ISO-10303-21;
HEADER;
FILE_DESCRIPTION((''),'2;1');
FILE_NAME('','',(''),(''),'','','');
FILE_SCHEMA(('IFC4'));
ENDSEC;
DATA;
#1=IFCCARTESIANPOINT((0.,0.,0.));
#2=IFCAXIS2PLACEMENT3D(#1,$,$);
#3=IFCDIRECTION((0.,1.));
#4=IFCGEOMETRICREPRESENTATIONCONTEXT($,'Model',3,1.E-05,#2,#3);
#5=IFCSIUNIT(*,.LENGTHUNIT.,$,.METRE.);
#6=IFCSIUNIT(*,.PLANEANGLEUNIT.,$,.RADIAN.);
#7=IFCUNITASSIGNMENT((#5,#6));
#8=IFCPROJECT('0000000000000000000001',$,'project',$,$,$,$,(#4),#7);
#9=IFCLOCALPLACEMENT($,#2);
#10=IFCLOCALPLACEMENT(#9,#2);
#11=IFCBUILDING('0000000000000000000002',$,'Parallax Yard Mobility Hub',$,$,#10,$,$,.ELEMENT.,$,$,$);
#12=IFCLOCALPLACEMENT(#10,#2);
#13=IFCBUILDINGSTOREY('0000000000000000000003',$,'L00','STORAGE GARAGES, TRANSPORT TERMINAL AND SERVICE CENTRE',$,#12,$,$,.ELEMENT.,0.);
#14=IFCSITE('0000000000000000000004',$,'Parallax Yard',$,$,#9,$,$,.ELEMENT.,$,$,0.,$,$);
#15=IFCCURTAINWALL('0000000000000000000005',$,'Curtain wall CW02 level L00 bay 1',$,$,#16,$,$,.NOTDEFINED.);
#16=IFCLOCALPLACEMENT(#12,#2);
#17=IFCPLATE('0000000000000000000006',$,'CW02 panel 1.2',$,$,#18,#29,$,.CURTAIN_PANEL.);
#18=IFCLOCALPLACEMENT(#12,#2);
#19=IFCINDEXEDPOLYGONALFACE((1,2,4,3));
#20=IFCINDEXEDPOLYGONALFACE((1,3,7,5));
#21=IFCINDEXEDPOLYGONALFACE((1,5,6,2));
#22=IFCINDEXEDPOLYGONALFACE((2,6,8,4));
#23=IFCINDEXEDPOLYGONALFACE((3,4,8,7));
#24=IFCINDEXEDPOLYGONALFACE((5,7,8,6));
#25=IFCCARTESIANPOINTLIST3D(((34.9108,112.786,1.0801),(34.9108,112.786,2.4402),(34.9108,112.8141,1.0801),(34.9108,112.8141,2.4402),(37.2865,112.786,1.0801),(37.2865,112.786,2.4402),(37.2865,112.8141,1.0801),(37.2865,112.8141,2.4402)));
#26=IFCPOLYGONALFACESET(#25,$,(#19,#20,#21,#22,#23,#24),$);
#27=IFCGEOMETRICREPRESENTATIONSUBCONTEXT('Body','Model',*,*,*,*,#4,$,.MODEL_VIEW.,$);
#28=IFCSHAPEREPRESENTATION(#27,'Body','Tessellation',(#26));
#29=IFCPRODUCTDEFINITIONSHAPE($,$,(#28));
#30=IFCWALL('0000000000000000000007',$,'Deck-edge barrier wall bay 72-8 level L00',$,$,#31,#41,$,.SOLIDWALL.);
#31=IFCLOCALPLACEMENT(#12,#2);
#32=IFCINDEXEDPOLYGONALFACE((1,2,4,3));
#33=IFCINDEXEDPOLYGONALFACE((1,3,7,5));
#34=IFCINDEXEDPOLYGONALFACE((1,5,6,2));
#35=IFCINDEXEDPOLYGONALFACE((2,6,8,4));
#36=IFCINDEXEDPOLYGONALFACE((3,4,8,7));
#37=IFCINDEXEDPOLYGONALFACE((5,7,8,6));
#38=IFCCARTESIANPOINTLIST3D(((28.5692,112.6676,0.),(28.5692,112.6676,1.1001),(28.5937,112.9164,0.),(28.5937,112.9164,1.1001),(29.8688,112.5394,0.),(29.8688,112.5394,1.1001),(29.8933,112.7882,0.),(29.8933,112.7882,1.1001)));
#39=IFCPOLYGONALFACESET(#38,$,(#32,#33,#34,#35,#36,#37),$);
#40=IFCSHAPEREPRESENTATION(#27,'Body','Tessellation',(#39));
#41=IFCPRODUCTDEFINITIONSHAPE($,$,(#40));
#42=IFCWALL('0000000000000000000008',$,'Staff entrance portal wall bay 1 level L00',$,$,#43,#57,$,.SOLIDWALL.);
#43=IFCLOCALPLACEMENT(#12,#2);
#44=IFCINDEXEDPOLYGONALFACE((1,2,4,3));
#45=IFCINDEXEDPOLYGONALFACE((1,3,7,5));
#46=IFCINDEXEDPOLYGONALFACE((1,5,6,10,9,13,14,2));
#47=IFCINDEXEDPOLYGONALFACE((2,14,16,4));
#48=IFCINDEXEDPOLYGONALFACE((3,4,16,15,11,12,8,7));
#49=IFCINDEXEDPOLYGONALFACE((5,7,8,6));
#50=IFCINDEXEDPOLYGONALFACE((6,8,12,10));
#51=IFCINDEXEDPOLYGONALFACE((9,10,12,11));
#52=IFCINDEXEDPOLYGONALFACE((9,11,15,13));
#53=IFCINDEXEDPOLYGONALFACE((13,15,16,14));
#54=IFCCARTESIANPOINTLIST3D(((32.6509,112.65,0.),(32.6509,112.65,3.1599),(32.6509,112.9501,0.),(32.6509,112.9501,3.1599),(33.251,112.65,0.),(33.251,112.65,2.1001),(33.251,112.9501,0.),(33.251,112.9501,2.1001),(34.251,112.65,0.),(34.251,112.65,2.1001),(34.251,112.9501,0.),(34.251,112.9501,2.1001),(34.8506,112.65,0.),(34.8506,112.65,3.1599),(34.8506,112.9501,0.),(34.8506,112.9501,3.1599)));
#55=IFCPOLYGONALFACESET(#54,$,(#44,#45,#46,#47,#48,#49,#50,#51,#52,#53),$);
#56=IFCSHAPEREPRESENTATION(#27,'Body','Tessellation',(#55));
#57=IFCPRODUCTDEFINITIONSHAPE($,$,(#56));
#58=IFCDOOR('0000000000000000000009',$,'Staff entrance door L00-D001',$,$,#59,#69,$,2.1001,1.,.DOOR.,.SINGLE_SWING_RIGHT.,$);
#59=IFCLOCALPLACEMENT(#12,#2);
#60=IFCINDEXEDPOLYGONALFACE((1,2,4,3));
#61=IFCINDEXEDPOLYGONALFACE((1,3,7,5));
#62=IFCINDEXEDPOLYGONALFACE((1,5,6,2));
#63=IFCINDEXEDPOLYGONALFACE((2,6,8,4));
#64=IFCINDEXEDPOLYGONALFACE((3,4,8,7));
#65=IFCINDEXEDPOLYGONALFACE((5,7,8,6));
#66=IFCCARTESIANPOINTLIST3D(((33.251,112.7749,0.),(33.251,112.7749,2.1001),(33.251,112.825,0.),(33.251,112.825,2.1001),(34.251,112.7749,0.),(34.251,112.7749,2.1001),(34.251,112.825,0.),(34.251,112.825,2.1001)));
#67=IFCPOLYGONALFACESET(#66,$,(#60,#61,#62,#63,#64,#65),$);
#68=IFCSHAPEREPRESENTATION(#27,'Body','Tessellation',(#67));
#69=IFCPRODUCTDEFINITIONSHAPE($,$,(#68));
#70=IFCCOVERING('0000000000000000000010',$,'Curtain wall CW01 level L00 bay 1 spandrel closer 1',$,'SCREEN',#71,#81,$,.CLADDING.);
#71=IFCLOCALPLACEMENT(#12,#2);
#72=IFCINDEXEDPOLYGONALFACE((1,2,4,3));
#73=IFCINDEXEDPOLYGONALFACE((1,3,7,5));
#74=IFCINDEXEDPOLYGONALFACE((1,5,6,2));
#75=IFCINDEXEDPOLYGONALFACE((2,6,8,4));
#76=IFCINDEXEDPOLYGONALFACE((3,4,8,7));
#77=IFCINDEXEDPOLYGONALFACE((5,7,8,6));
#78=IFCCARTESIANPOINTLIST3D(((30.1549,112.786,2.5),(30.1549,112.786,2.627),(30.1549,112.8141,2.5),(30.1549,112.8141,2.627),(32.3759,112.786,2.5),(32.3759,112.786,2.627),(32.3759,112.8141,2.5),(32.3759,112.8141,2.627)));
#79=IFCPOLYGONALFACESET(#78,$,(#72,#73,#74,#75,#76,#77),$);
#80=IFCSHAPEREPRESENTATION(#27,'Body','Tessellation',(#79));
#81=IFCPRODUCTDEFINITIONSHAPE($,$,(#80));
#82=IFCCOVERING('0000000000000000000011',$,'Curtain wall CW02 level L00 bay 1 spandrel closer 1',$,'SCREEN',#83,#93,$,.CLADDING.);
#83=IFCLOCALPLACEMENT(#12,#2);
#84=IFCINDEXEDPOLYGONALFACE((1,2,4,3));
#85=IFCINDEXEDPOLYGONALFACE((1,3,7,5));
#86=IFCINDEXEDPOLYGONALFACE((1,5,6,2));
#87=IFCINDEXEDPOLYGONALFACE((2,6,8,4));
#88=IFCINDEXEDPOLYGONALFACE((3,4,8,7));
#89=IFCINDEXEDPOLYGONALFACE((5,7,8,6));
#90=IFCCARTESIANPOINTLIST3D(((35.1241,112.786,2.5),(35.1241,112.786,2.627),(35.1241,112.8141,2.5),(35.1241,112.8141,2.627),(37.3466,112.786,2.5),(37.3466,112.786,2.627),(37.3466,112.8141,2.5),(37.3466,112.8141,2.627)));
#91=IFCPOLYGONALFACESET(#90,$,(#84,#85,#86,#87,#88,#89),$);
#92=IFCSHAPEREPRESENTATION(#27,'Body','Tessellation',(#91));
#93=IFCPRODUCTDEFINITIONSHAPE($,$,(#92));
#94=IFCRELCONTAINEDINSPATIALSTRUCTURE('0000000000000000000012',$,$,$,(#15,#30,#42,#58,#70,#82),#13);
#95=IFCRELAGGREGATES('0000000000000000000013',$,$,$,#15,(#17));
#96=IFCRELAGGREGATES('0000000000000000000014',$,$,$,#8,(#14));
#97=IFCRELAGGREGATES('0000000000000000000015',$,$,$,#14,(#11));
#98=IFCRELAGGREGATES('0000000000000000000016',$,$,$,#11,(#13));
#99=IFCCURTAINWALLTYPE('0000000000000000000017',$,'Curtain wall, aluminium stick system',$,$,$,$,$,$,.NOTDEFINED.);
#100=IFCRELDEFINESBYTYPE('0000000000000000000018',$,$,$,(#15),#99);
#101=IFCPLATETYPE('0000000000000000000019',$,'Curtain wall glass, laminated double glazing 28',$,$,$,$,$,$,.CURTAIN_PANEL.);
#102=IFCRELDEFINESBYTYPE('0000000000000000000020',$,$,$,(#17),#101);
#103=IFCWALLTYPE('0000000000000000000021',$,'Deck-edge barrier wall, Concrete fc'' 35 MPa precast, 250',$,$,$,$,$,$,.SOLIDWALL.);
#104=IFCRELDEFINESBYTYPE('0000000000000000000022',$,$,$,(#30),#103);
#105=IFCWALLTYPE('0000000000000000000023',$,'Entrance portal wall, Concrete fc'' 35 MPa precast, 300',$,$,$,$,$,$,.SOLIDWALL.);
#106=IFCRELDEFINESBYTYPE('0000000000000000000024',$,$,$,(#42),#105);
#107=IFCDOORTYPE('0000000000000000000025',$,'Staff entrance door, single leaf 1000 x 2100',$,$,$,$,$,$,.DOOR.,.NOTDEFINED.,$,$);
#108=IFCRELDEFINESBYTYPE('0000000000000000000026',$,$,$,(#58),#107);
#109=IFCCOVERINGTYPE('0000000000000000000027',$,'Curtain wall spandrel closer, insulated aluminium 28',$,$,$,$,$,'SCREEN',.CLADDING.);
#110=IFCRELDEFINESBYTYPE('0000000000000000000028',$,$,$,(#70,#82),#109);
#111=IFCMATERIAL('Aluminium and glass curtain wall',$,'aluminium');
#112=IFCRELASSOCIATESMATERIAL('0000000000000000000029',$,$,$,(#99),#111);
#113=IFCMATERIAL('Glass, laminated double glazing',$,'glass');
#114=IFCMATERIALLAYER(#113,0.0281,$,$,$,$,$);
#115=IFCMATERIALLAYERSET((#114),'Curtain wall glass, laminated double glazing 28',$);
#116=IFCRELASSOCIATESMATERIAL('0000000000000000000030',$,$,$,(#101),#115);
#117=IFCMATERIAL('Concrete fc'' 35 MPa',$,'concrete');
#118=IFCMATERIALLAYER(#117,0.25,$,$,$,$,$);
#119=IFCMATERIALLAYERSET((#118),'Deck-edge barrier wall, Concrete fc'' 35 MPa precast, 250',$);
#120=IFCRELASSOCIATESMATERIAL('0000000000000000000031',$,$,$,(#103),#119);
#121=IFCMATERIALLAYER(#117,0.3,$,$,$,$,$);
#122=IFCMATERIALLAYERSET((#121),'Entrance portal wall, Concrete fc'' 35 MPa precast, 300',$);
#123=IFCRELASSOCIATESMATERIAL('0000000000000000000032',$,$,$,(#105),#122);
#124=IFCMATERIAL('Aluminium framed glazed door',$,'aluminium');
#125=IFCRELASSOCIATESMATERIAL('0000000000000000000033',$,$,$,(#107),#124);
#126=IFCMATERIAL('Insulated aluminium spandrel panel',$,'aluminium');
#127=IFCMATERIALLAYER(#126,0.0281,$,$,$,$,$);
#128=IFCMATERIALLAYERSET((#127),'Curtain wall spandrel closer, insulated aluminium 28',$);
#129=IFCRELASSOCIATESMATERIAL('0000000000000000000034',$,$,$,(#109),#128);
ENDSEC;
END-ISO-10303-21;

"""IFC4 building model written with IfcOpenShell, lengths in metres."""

from ifc_helpers import new_model, si_unit, direction, frame, frame_2d, origin, origin_2d, place, context, subcontext, project, spatial, rectangle, extrude, material, layer, layer_set, type_object, element, fill, aggregate, save


model = new_model("IFC4")

# Units and contexts
model_context = context("Model", 3, precision=1e-05, world=origin(), true_north=direction((0.0, 1.0)))
body_context = subcontext(model_context, "Body", "Model", "MODEL_VIEW")
ifc_project = project(units=[si_unit("LENGTHUNIT", "METRE"), si_unit("PLANEANGLEUNIT", "RADIAN")], contexts=[model_context])

# Site, building, storey
site_placement = place(None, origin())
site = spatial("IfcSite", under=ifc_project, at=site_placement, Name="Parallax Yard", CompositionType="ELEMENT", RefElevation=0.0)
building_placement = place(site_placement, origin())
building = spatial("IfcBuilding", under=site, at=building_placement, Name="Parallax Yard Mobility Hub", CompositionType="ELEMENT")
storey_placement = place(building_placement, origin())
storey = spatial("IfcBuildingStorey", under=building, at=storey_placement, Name="L00", Description="STORAGE GARAGES, TRANSPORT TERMINAL AND SERVICE CENTRE", CompositionType="ELEMENT", Elevation=0.0)

# Curtain wall
ifc_material_1 = material(Name="Aluminium and glass curtain wall", Category="aluminium")
curtain_wall_type = type_object("IfcCurtainWallType", Name="Curtain wall, aluminium stick system", PredefinedType="NOTDEFINED", material=ifc_material_1)
curtain_wall_1_placement = place(storey_placement, origin())
curtain_wall_1 = element("IfcCurtainWall", 1, at=curtain_wall_1_placement, inside=storey, type_object=curtain_wall_type, Name="Curtain wall CW02 level L00 bay 1", PredefinedType="NOTDEFINED")

# Plate
ifc_material_2 = material(Name="Glass, laminated double glazing", Category="glass")
ifc_layer_1 = layer(ifc_material_2, 0.0281)
ifc_layer_set_1 = layer_set([ifc_layer_1], Name="Curtain wall glass, laminated double glazing 28")
plate_type = type_object("IfcPlateType", Name="Curtain wall glass, laminated double glazing 28", PredefinedType="CURTAIN_PANEL", material=ifc_layer_set_1)
plate_1_placement = place(storey_placement, frame((36.0986, 112.8, 1.0801), z_axis=(0.0, 0.0, 1.0), x_axis=(1.0, 0.0, 0.0)))
plate_1 = element("IfcPlate", 2, at=plate_1_placement, type_object=plate_type, Name="CW02 panel 1.2", PredefinedType="CURTAIN_PANEL", context=body_context, shape_type="SweptSolid", body=[
    extrude(rectangle(XDim=2.3757, YDim=0.0281, at=origin_2d()), origin(), (0.0, 0.0, 1.0), 1.3601),
])
aggregate(curtain_wall_1, [plate_1])

# Wall
ifc_material_3 = material(Name="Concrete fc' 35 MPa", Category="concrete")
ifc_layer_2 = layer(ifc_material_3, 0.25)
ifc_layer_set_2 = layer_set([ifc_layer_2], Name="Deck-edge barrier wall, Concrete fc' 35 MPa precast, 250")
wall_type_1 = type_object("IfcWallType", Name="Deck-edge barrier wall, Concrete fc' 35 MPa precast, 250", PredefinedType="SOLIDWALL", material=ifc_layer_set_2)
wall_1_placement = place(storey_placement, frame((28.5815, 112.792, 0.0), z_axis=(0.0, 0.0, 1.0), x_axis=(0.995171, -0.098152, 0.0)))
element("IfcWall", 3, at=wall_1_placement, inside=storey, type_object=wall_type_1, Name="Deck-edge barrier wall bay 72-8 level L00", PredefinedType="SOLIDWALL", context=body_context, shape_type="SweptSolid", body=[
    extrude(rectangle(XDim=1.3059, YDim=0.25, at=frame_2d((0.6528, 0.0))), origin(), (0.0, 0.0, 1.0), 1.1001),
])

# Wall, opening, door
ifc_layer_3 = layer(ifc_material_3, 0.3)
ifc_layer_set_3 = layer_set([ifc_layer_3], Name="Entrance portal wall, Concrete fc' 35 MPa precast, 300")
wall_type_2 = type_object("IfcWallType", Name="Entrance portal wall, Concrete fc' 35 MPa precast, 300", PredefinedType="SOLIDWALL", material=ifc_layer_set_3)
wall_2_placement = place(storey_placement, frame((32.6509, 112.8, 0.0), z_axis=(0.0, 0.0, 1.0), x_axis=(1.0, 0.0, 0.0)))
wall_2 = element("IfcWall", 4, at=wall_2_placement, inside=storey, type_object=wall_type_2, Name="Staff entrance portal wall bay 1 level L00", PredefinedType="SOLIDWALL", context=body_context, shape_type="SweptSolid", body=[
    extrude(rectangle(XDim=2.1997, YDim=0.3, at=frame_2d((1.0999, 0.0))), origin(), (0.0, 0.0, 1.0), 3.1599),
])
opening_placement = place(wall_2_placement, frame((0.6001, 0.0, 0.0)))
opening = element("IfcOpeningElement", 5, at=opening_placement, cuts=wall_2, PredefinedType="OPENING", context=body_context, shape_type="SweptSolid", body=[
    extrude(rectangle(XDim=1.0, YDim=2.1001, at=frame_2d((0.5, 1.05))), frame((0.0, 0.1602, 0.0), z_axis=(0.0, -1.0, 0.0), x_axis=(1.0, 0.0, 0.0)), (0.0, 0.0, 1.0), 0.3201),
])
ifc_material_4 = material(Name="Aluminium framed glazed door", Category="aluminium")
door_type = type_object("IfcDoorType", Name="Staff entrance door, single leaf 1000 x 2100", OperationType="NOTDEFINED", PredefinedType="DOOR", material=ifc_material_4)
door_placement = place(opening_placement, origin())
door = element("IfcDoor", 6, at=door_placement, inside=storey, type_object=door_type, Name="Staff entrance door L00-D001", OperationType="SINGLE_SWING_RIGHT", OverallHeight=2.1001, OverallWidth=1.0, PredefinedType="DOOR", context=body_context, shape_type="SweptSolid", body=[
    extrude(rectangle(XDim=1.0, YDim=2.1001, at=frame_2d((0.5, 1.05))), frame((0.0, 0.0249, 0.0), z_axis=(0.0, -1.0, 0.0), x_axis=(1.0, 0.0, 0.0)), (0.0, 0.0, 1.0), 0.05),
])
fill(opening, door)

# Coverings
ifc_material_5 = material(Name="Insulated aluminium spandrel panel", Category="aluminium")
ifc_layer_4 = layer(ifc_material_5, 0.0281)
ifc_layer_set_4 = layer_set([ifc_layer_4], Name="Curtain wall spandrel closer, insulated aluminium 28")
covering_type = type_object("IfcCoveringType", Name="Curtain wall spandrel closer, insulated aluminium 28", ElementType="SCREEN", PredefinedType="CLADDING", material=ifc_layer_set_4)
covering_1_placement = place(storey_placement, frame((31.2654, 112.8, 2.5), z_axis=(0.0, 0.0, 1.0), x_axis=(1.0, 0.0, 0.0)))
element("IfcCovering", 7, at=covering_1_placement, inside=storey, type_object=covering_type, Name="Curtain wall CW01 level L00 bay 1 spandrel closer 1", ObjectType="SCREEN", PredefinedType="CLADDING", context=body_context, shape_type="SweptSolid", body=[
    extrude(rectangle(XDim=2.2209, YDim=0.0281, at=origin_2d()), origin(), (0.0, 0.0, 1.0), 0.127),
])
covering_2_placement = place(storey_placement, frame((36.2354, 112.8, 2.5), z_axis=(0.0, 0.0, 1.0), x_axis=(1.0, 0.0, 0.0)))
element("IfcCovering", 8, at=covering_2_placement, inside=storey, type_object=covering_type, Name="Curtain wall CW02 level L00 bay 1 spandrel closer 1", ObjectType="SCREEN", PredefinedType="CLADDING", context=body_context, shape_type="SweptSolid", body=[
    extrude(rectangle(XDim=2.2224, YDim=0.0281, at=origin_2d()), origin(), (0.0, 0.0, 1.0), 0.127),
])

save(model, "model.ifc")
